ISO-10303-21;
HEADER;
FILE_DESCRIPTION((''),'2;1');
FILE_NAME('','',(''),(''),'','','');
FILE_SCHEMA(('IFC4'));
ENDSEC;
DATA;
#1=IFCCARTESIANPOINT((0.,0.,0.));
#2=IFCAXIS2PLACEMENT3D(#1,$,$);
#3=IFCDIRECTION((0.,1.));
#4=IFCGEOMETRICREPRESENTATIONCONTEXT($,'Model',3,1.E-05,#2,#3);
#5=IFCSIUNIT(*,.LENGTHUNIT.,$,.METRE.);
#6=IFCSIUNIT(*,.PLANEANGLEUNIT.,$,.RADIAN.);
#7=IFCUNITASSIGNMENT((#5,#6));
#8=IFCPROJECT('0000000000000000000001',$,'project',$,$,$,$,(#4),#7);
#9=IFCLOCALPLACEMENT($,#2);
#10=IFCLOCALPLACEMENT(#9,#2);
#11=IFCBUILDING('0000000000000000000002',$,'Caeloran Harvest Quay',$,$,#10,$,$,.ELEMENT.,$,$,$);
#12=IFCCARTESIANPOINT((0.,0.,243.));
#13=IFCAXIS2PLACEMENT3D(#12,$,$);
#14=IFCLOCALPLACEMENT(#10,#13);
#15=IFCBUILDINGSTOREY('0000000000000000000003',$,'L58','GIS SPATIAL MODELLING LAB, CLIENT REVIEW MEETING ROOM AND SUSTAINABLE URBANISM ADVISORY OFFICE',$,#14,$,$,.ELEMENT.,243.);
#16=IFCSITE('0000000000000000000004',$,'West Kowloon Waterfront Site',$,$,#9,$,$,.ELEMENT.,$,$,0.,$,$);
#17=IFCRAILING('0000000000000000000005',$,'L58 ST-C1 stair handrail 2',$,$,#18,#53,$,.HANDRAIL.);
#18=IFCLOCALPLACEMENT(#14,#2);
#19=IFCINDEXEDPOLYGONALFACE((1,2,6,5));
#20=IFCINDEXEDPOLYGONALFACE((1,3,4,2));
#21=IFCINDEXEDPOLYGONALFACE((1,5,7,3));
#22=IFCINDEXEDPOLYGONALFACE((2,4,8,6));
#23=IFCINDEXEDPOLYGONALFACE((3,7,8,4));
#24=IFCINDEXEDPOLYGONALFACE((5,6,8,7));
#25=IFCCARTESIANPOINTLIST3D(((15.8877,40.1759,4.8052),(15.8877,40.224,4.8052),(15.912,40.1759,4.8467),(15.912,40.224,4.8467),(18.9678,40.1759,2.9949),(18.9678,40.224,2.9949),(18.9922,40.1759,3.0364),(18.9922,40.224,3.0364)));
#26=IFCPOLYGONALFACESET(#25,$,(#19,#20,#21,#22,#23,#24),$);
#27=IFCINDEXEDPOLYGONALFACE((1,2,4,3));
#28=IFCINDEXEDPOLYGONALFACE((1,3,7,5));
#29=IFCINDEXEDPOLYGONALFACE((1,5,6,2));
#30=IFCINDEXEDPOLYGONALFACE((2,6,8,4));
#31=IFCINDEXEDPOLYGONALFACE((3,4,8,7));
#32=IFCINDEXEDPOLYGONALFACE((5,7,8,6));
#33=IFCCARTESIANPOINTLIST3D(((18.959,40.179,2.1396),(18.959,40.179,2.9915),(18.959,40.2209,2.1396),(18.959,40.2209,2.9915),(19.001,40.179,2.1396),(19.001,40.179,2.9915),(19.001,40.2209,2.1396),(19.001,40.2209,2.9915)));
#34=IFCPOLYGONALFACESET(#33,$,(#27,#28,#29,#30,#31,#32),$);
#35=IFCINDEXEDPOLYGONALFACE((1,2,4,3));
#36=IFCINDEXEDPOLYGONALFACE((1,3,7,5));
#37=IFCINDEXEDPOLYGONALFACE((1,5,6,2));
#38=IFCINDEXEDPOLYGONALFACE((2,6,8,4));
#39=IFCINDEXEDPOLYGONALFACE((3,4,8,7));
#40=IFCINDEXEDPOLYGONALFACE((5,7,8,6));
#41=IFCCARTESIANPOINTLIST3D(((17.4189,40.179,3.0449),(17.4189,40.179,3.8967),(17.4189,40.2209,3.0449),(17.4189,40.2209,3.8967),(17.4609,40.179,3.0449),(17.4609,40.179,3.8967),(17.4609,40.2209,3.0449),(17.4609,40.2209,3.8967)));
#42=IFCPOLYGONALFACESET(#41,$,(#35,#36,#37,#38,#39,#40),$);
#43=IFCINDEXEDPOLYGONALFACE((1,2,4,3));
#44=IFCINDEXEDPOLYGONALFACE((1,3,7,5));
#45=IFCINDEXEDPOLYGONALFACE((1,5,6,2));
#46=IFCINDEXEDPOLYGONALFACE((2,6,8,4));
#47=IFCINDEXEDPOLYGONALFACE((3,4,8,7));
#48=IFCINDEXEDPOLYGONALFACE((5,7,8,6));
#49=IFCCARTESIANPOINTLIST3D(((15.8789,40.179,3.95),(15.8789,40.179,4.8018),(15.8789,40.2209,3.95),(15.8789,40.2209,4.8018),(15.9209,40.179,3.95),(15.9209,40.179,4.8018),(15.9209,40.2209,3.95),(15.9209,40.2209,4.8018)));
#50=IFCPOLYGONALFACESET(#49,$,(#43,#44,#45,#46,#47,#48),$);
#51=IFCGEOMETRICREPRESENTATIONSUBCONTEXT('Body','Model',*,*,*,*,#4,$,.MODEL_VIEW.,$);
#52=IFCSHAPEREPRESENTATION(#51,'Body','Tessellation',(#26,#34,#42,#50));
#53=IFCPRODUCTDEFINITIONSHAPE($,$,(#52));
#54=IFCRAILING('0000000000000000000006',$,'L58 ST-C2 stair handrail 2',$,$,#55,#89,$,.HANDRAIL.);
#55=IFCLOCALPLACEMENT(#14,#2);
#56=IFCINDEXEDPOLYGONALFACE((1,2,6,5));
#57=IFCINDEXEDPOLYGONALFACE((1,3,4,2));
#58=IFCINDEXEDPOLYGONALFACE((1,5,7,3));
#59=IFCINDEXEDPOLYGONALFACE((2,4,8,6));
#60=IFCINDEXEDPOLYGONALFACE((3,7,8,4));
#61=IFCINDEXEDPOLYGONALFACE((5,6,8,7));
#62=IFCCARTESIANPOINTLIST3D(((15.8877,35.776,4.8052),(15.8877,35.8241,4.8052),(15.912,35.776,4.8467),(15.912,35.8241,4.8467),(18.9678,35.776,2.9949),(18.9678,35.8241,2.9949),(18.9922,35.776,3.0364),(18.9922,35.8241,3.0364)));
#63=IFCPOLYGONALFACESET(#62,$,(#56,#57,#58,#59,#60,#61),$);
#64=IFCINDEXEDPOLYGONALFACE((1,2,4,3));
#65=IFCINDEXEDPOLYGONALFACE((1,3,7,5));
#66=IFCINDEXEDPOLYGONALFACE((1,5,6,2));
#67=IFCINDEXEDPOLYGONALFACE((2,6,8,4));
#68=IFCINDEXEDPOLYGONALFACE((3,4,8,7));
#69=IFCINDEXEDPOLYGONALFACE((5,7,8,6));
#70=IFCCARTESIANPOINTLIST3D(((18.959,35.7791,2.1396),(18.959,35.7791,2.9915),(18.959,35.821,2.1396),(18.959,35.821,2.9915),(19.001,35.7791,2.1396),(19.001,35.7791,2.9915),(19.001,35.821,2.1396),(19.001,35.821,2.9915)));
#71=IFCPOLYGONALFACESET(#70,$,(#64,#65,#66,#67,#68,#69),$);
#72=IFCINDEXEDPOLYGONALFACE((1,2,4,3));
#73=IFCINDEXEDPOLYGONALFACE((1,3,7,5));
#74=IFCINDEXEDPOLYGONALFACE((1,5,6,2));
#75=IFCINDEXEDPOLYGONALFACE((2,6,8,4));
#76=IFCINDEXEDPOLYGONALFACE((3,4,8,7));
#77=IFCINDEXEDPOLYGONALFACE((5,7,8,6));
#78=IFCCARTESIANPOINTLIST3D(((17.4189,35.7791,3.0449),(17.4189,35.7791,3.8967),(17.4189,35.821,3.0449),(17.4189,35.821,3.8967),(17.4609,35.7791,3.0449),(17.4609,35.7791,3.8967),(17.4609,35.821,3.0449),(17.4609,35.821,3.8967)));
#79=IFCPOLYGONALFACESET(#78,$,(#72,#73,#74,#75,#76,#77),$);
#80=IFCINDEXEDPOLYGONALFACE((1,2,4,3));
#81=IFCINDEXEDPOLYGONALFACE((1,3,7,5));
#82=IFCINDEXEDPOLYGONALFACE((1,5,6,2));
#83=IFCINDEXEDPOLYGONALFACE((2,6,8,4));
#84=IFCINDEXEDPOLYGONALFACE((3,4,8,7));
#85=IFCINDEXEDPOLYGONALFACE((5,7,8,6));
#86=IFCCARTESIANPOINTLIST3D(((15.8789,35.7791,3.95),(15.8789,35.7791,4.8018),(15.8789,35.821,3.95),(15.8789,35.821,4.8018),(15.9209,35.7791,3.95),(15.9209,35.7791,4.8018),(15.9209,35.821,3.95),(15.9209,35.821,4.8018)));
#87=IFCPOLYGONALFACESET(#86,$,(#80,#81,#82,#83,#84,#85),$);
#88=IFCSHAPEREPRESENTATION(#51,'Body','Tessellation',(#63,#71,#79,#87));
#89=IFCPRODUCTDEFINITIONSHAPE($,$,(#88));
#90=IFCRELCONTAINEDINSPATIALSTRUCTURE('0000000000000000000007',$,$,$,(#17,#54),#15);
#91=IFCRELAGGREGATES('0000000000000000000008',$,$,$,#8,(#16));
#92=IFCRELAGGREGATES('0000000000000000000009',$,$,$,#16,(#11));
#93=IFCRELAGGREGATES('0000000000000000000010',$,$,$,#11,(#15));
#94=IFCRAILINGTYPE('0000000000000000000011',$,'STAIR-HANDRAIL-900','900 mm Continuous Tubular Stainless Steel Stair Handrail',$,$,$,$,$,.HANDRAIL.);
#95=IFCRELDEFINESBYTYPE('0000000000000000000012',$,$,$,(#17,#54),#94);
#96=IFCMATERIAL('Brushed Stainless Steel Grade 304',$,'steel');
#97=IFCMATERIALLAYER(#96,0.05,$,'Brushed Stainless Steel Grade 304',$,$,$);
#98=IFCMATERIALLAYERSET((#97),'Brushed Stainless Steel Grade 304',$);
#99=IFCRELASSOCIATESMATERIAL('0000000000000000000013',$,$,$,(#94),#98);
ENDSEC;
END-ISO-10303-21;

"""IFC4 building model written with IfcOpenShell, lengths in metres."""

from ifc_helpers import new_model, si_unit, direction, frame, origin, origin_2d, place, context, subcontext, project, spatial, rectangle, extrude, material, layer, layer_set, type_object, element, save


model = new_model("IFC4")

# Units and contexts
model_context = context("Model", 3, precision=1e-05, world=origin(), true_north=direction((0.0, 1.0)))
body_context = subcontext(model_context, "Body", "Model", "MODEL_VIEW")
ifc_project = project(units=[si_unit("LENGTHUNIT", "METRE"), si_unit("PLANEANGLEUNIT", "RADIAN")], contexts=[model_context])

# Site, building, storey
site_placement = place(None, origin())
site = spatial("IfcSite", under=ifc_project, at=site_placement, Name="West Kowloon Waterfront Site", CompositionType="ELEMENT", RefElevation=0.0)
building_placement = place(site_placement, origin())
building = spatial("IfcBuilding", under=site, at=building_placement, Name="Caeloran Harvest Quay", CompositionType="ELEMENT")
storey_placement = place(building_placement, frame((0.0, 0.0, 243.0)))
storey = spatial("IfcBuildingStorey", under=building, at=storey_placement, Name="L58", Description="GIS SPATIAL MODELLING LAB, CLIENT REVIEW MEETING ROOM AND SUSTAINABLE URBANISM ADVISORY OFFICE", CompositionType="ELEMENT", Elevation=243.0)

# Railings
ifc_material_1 = material(Name="Brushed Stainless Steel Grade 304", Category="steel")
ifc_layer_1 = layer(ifc_material_1, 0.05, Name="Brushed Stainless Steel Grade 304")
ifc_layer_set_1 = layer_set([ifc_layer_1], Name="Brushed Stainless Steel Grade 304")
railing_type_1 = type_object("IfcRailingType", Name="STAIR-HANDRAIL-900", Description="900 mm Continuous Tubular Stainless Steel Stair Handrail", PredefinedType="HANDRAIL", material=ifc_layer_set_1)
for number, where, name in (
    (1, (18.98, 40.2, 2.1396), "L58 ST-C1 stair handrail 2"),
    (2, (18.98, 35.8, 2.1396), "L58 ST-C2 stair handrail 2"),
):
    element("IfcRailing", number, at=place(storey_placement, frame(where)), inside=storey, type_object=railing_type_1, Name=name, PredefinedType="HANDRAIL", context=body_context, shape_type="SweptSolid", body=[
        extrude(rectangle(XDim=0.0481, YDim=0.0481, at=origin_2d()), frame((0.0, 0.0, 0.876), z_axis=(-0.862119, 0.0, 0.506707), x_axis=(0.0, -1.0, 0.0)), (0.0, 0.0, 1.0), 3.5728),
        extrude(rectangle(XDim=0.042, YDim=0.042, at=origin_2d()), origin(), (0.0, 0.0, 1.0), 0.8518),
        extrude(rectangle(XDim=0.042, YDim=0.042, at=origin_2d()), frame((-1.54, 0.0, 0.9053)), (0.0, 0.0, 1.0), 0.8518),
        extrude(rectangle(XDim=0.042, YDim=0.042, at=origin_2d()), frame((-3.0801, 0.0, 1.8103)), (0.0, 0.0, 1.0), 0.8518),
    ])

save(model, "model.ifc")
